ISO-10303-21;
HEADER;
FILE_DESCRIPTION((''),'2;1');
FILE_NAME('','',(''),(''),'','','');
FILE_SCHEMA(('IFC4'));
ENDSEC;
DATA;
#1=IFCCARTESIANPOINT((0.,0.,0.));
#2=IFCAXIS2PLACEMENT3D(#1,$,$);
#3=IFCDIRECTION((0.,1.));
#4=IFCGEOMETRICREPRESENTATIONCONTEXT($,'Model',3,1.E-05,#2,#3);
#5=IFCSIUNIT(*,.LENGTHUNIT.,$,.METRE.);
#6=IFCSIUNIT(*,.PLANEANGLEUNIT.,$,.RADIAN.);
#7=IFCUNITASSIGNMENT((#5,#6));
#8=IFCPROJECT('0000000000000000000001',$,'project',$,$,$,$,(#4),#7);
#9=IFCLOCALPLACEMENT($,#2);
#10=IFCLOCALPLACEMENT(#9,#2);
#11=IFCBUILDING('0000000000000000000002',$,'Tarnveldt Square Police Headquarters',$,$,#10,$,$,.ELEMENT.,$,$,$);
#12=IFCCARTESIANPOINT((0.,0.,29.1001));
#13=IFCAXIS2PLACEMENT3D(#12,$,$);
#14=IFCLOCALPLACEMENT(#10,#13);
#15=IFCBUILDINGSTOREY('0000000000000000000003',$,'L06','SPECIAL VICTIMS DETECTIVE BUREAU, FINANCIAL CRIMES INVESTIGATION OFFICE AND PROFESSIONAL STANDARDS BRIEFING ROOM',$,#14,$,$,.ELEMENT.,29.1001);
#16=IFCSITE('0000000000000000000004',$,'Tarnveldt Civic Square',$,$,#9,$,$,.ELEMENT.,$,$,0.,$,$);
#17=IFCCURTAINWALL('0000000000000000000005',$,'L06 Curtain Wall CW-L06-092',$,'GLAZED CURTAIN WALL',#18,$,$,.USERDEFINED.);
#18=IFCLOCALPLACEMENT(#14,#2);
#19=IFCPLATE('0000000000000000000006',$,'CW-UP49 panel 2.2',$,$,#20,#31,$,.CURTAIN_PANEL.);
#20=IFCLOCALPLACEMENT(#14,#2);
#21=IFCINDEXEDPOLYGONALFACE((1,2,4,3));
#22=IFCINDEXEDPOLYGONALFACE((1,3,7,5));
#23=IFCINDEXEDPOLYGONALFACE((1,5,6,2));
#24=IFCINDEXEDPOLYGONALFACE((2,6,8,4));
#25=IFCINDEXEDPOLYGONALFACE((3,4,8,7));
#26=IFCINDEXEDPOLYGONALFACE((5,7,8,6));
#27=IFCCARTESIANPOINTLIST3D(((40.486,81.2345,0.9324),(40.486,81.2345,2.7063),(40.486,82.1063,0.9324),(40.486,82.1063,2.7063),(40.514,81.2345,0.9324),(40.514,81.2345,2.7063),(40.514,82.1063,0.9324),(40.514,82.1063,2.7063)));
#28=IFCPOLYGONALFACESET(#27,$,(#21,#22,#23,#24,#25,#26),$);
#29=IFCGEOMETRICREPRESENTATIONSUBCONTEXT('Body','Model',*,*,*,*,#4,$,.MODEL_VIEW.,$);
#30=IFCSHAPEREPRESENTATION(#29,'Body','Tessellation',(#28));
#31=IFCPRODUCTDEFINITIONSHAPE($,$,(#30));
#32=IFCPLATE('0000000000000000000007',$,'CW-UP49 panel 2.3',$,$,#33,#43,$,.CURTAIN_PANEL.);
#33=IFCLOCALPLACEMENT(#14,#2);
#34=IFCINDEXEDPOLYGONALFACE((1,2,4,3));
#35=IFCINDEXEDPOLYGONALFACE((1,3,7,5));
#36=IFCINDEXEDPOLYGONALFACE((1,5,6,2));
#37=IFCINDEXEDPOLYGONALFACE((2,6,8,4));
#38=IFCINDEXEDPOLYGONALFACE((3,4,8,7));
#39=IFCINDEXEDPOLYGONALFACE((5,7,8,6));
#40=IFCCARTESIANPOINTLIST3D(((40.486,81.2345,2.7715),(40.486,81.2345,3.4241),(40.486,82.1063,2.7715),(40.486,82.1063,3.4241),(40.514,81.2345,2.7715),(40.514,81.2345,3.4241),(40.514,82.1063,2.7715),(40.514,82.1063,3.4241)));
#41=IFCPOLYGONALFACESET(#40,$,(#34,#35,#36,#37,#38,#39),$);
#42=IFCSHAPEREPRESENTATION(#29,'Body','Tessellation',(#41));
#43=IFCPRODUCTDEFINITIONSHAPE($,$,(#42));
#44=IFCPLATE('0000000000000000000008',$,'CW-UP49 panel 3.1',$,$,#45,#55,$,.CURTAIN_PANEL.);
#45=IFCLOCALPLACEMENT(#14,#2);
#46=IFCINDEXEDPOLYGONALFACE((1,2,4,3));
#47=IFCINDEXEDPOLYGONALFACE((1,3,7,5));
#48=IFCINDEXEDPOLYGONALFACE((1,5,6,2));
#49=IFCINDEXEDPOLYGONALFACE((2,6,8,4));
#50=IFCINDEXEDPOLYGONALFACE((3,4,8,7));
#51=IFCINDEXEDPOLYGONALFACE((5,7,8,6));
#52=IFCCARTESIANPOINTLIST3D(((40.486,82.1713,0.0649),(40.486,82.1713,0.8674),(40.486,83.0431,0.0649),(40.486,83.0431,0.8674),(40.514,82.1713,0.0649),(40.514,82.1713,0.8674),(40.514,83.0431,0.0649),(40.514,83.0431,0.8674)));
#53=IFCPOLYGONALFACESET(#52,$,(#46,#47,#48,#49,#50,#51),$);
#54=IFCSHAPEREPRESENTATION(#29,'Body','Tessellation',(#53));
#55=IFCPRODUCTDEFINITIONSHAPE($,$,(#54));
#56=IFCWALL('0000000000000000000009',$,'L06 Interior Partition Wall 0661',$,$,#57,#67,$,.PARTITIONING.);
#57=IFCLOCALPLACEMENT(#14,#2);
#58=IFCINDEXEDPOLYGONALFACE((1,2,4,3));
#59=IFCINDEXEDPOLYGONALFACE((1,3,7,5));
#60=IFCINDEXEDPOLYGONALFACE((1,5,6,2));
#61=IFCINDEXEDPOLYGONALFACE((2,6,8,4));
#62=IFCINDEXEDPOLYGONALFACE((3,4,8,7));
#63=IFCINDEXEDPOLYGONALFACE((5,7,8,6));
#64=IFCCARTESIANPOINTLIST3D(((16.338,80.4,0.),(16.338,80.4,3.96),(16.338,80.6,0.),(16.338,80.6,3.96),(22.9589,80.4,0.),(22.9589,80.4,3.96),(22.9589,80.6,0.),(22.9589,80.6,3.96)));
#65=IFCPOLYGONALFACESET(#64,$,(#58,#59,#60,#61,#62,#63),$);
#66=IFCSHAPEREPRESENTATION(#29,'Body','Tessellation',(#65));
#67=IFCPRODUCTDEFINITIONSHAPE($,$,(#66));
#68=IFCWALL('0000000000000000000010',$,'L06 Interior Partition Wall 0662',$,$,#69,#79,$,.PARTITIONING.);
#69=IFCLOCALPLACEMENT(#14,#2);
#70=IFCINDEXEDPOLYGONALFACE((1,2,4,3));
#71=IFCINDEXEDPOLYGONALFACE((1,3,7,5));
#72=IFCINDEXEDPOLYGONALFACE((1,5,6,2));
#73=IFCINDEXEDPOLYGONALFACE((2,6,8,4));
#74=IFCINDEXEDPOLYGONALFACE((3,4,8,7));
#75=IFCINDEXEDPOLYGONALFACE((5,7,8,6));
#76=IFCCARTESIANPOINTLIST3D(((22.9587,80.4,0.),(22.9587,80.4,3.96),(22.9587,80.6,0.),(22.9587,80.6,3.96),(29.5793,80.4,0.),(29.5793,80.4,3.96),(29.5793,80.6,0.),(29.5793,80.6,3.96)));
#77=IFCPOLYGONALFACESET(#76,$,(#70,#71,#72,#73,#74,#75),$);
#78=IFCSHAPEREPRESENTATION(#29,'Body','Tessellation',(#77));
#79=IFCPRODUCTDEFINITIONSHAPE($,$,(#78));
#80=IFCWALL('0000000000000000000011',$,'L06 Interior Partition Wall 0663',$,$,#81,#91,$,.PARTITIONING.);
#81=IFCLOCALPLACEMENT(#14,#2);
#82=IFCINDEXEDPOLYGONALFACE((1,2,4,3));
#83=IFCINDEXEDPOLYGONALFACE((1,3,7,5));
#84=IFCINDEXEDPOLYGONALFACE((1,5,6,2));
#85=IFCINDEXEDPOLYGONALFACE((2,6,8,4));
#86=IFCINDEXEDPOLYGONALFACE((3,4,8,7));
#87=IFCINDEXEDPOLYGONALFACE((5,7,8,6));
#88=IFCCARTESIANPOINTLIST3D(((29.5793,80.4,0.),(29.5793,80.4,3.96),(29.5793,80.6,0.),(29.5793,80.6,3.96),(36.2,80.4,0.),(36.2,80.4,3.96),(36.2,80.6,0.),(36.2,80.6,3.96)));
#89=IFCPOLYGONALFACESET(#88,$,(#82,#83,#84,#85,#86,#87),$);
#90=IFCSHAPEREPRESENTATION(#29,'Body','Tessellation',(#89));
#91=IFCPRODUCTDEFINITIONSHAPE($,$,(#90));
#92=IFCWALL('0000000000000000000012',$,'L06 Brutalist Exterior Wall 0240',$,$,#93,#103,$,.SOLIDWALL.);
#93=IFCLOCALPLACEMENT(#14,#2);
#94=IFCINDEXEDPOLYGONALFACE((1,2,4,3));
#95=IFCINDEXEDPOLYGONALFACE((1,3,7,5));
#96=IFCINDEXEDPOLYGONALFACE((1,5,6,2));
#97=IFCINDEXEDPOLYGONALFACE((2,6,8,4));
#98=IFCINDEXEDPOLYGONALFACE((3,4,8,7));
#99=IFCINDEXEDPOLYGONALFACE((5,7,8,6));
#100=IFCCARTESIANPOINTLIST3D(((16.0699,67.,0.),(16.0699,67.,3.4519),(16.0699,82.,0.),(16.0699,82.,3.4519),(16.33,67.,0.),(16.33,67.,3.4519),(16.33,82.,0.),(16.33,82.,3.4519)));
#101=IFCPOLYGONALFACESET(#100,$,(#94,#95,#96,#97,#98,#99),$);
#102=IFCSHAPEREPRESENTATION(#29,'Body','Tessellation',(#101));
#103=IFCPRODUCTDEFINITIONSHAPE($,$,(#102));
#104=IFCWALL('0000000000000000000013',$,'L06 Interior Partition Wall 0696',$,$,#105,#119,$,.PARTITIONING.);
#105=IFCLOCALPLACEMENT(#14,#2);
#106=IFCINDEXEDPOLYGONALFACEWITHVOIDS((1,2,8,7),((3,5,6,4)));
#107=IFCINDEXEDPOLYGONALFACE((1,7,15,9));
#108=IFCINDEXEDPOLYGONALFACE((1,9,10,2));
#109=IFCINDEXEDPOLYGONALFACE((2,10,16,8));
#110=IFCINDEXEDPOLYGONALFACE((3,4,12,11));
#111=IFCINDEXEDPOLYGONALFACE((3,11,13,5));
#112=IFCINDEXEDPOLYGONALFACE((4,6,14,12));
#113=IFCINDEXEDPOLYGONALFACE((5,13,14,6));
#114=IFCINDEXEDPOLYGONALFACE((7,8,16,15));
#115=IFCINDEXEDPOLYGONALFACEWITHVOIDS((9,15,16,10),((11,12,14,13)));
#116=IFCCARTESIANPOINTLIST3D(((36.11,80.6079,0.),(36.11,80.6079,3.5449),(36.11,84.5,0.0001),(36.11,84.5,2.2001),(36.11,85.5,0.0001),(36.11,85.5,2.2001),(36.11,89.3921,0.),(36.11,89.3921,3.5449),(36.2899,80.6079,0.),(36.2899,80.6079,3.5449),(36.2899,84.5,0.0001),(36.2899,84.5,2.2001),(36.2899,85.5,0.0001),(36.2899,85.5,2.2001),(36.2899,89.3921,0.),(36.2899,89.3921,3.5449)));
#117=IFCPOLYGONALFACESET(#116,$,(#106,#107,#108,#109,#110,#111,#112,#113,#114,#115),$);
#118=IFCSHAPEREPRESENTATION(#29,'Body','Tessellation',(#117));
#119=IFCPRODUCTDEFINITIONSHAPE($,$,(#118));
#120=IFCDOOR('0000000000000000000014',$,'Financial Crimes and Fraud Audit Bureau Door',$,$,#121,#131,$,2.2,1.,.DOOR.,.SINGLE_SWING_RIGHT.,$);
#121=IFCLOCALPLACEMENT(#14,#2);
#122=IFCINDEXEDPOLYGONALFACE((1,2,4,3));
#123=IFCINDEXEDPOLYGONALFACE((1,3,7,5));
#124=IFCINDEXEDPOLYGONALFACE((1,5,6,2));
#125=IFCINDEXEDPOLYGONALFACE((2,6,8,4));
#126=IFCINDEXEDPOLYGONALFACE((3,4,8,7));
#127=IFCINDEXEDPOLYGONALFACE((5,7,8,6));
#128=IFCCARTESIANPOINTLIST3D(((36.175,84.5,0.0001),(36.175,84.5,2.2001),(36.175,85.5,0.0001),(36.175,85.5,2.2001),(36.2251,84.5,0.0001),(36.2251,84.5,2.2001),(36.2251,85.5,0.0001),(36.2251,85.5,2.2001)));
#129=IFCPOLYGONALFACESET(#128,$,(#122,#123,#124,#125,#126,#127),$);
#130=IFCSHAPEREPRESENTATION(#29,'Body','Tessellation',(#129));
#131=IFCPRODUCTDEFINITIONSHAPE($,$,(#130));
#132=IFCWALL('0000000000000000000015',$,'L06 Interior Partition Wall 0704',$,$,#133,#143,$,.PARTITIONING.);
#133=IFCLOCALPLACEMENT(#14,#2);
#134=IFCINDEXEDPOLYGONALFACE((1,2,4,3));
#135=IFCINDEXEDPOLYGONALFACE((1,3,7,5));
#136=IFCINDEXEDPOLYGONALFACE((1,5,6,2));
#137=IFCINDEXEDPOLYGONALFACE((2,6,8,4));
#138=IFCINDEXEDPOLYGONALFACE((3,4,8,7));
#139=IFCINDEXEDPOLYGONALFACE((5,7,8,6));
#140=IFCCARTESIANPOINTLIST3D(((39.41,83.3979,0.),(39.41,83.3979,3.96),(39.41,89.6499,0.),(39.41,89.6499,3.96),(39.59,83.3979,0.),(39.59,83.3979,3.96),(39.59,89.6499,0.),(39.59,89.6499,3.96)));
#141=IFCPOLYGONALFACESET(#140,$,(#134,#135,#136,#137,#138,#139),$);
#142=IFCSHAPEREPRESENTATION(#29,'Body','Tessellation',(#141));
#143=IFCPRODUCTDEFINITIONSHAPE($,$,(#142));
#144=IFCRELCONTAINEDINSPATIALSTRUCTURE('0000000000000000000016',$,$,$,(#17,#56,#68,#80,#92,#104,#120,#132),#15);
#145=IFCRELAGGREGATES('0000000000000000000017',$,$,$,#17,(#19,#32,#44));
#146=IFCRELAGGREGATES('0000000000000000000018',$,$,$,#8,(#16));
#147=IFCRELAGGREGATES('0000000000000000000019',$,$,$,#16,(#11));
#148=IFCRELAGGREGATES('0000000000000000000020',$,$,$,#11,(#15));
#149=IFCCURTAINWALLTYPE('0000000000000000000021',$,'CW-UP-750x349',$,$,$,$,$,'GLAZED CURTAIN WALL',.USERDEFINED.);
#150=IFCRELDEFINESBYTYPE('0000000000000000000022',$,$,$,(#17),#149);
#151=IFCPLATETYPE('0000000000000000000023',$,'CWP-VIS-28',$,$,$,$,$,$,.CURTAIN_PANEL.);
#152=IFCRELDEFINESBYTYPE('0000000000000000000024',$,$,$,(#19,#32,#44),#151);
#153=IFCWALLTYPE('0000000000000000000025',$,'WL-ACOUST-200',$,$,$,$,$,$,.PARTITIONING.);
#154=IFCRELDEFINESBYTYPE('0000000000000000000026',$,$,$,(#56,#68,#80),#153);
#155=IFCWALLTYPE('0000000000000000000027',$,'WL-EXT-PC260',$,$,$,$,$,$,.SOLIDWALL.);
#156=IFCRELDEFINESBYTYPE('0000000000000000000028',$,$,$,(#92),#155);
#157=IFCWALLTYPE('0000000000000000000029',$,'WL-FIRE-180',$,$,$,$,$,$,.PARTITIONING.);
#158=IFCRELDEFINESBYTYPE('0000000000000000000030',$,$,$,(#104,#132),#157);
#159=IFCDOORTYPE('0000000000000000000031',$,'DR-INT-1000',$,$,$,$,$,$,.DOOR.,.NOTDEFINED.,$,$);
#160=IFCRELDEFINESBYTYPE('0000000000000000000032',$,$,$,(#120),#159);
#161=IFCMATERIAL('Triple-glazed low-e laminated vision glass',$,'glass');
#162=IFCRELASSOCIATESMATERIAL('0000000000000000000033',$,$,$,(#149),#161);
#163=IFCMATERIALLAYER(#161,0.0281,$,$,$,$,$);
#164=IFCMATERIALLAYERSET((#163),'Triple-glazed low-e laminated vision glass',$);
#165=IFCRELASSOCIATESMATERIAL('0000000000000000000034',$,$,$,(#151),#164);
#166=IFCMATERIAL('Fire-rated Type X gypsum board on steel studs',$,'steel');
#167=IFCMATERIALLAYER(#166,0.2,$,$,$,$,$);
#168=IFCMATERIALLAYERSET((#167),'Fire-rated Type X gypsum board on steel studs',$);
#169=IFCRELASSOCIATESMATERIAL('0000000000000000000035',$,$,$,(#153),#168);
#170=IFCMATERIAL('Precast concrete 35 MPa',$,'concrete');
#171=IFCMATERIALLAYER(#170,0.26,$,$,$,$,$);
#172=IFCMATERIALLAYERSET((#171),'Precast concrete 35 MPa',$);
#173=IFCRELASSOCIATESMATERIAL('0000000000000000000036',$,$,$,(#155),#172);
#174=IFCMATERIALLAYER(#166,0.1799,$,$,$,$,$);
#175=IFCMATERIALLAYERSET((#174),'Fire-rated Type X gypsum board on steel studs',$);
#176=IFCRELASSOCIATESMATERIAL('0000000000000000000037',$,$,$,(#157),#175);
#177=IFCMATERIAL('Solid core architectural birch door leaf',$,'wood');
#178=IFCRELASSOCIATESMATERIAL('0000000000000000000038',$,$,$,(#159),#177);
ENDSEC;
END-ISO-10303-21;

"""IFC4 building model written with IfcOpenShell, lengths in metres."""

from ifc_helpers import new_model, si_unit, direction, frame, frame_2d, origin, origin_2d, place, context, subcontext, project, spatial, rectangle, extrude, material, layer, layer_set, type_object, element, fill, aggregate, save


model = new_model("IFC4")

# Units and contexts
model_context = context("Model", 3, precision=1e-05, world=origin(), true_north=direction((0.0, 1.0)))
body_context = subcontext(model_context, "Body", "Model", "MODEL_VIEW")
ifc_project = project(units=[si_unit("LENGTHUNIT", "METRE"), si_unit("PLANEANGLEUNIT", "RADIAN")], contexts=[model_context])

# Site, building, storey
site_placement = place(None, origin())
site = spatial("IfcSite", under=ifc_project, at=site_placement, Name="Tarnveldt Civic Square", CompositionType="ELEMENT", RefElevation=0.0)
building_placement = place(site_placement, origin())
building = spatial("IfcBuilding", under=site, at=building_placement, Name="Tarnveldt Square Police Headquarters", CompositionType="ELEMENT")
storey_placement = place(building_placement, frame((0.0, 0.0, 29.1001)))
storey = spatial("IfcBuildingStorey", under=building, at=storey_placement, Name="L06", Description="SPECIAL VICTIMS DETECTIVE BUREAU, FINANCIAL CRIMES INVESTIGATION OFFICE AND PROFESSIONAL STANDARDS BRIEFING ROOM", CompositionType="ELEMENT", Elevation=29.1001)

# Curtain wall, plates
ifc_material_1 = material(Name="Triple-glazed low-e laminated vision glass", Category="glass")
curtain_wall_type = type_object("IfcCurtainWallType", Name="CW-UP-750x349", ElementType="GLAZED CURTAIN WALL", PredefinedType="USERDEFINED", material=ifc_material_1)
curtain_wall_placement = place(storey_placement, origin())
curtain_wall = element("IfcCurtainWall", 1, at=curtain_wall_placement, inside=storey, type_object=curtain_wall_type, Name="L06 Curtain Wall CW-L06-092", ObjectType="GLAZED CURTAIN WALL", PredefinedType="USERDEFINED")
ifc_layer_1 = layer(ifc_material_1, 0.0281)
ifc_layer_set_1 = layer_set([ifc_layer_1], Name="Triple-glazed low-e laminated vision glass")
plate_type = type_object("IfcPlateType", Name="CWP-VIS-28", PredefinedType="CURTAIN_PANEL", material=ifc_layer_set_1)
plate_1_placement = place(storey_placement, frame((40.5, 81.6704, 0.9324), z_axis=(0.0, 0.0, 1.0), x_axis=(0.0, 1.0, 0.0)))
plate_1 = element("IfcPlate", 2, at=plate_1_placement, type_object=plate_type, Name="CW-UP49 panel 2.2", PredefinedType="CURTAIN_PANEL", context=body_context, shape_type="SweptSolid", body=[
    extrude(rectangle(XDim=0.8718, YDim=0.0281, at=origin_2d()), origin(), (0.0, 0.0, 1.0), 1.7739),
])
plate_2_placement = place(storey_placement, frame((40.5, 81.6704, 2.7715), z_axis=(0.0, 0.0, 1.0), x_axis=(0.0, 1.0, 0.0)))
plate_2 = element("IfcPlate", 3, at=plate_2_placement, type_object=plate_type, Name="CW-UP49 panel 2.3", PredefinedType="CURTAIN_PANEL", context=body_context, shape_type="SweptSolid", body=[
    extrude(rectangle(XDim=0.8718, YDim=0.0281, at=origin_2d()), origin(), (0.0, 0.0, 1.0), 0.6526),
])
plate_3_placement = place(storey_placement, frame((40.5, 82.6072, 0.0649), z_axis=(0.0, 0.0, 1.0), x_axis=(0.0, 1.0, 0.0)))
plate_3 = element("IfcPlate", 4, at=plate_3_placement, type_object=plate_type, Name="CW-UP49 panel 3.1", PredefinedType="CURTAIN_PANEL", context=body_context, shape_type="SweptSolid", body=[
    extrude(rectangle(XDim=0.8718, YDim=0.0281, at=origin_2d()), origin(), (0.0, 0.0, 1.0), 0.8025),
])
aggregate(curtain_wall, [plate_1, plate_2, plate_3])

# Walls
ifc_material_2 = material(Name="Fire-rated Type X gypsum board on steel studs", Category="steel")
ifc_layer_2 = layer(ifc_material_2, 0.2)
ifc_layer_set_2 = layer_set([ifc_layer_2], Name="Fire-rated Type X gypsum board on steel studs")
wall_type_1 = type_object("IfcWallType", Name="WL-ACOUST-200", PredefinedType="PARTITIONING", material=ifc_layer_set_2)
wall_1_placement = place(storey_placement, frame((16.3379, 80.5, 0.0), z_axis=(0.0, 0.0, 1.0), x_axis=(1.0, 0.0, 0.0)))
element("IfcWall", 5, at=wall_1_placement, inside=storey, type_object=wall_type_1, Name="L06 Interior Partition Wall 0661", PredefinedType="PARTITIONING", context=body_context, shape_type="SweptSolid", body=[
    extrude(rectangle(XDim=6.6208, YDim=0.2, at=frame_2d((3.3105, 0.0))), origin(), (0.0, 0.0, 1.0), 3.96),
])
for number, where, z_axis, x_axis, name in (
    (6, (22.9587, 80.5, 0.0), (0.0, 0.0, 1.0), (1.0, 0.0, 0.0), "L06 Interior Partition Wall 0662"),
    (7, (29.5793, 80.5, 0.0), (0.0, 0.0, 1.0), (1.0, 0.0, 0.0), "L06 Interior Partition Wall 0663"),
):
    element("IfcWall", number, at=place(storey_placement, frame(where, z_axis=z_axis, x_axis=x_axis)), inside=storey, type_object=wall_type_1, Name=name, PredefinedType="PARTITIONING", context=body_context, shape_type="SweptSolid", body=[
        extrude(rectangle(XDim=6.6206, YDim=0.2, at=frame_2d((3.3103, 0.0))), origin(), (0.0, 0.0, 1.0), 3.96),
    ])
ifc_material_3 = material(Name="Precast concrete 35 MPa", Category="concrete")
ifc_layer_3 = layer(ifc_material_3, 0.26)
ifc_layer_set_3 = layer_set([ifc_layer_3], Name="Precast concrete 35 MPa")
wall_type_2 = type_object("IfcWallType", Name="WL-EXT-PC260", PredefinedType="SOLIDWALL", material=ifc_layer_set_3)
wall_2_placement = place(storey_placement, frame((16.2, 82.0, 0.0), z_axis=(0.0, 0.0, 1.0), x_axis=(0.0, -1.0, 0.0)))
element("IfcWall", 8, at=wall_2_placement, inside=storey, type_object=wall_type_2, Name="L06 Brutalist Exterior Wall 0240", PredefinedType="SOLIDWALL", context=body_context, shape_type="SweptSolid", body=[
    extrude(rectangle(XDim=15.0, YDim=0.26, at=frame_2d((7.5, 0.0))), origin(), (0.0, 0.0, 1.0), 3.4519),
])

# Wall, opening, door
ifc_layer_4 = layer(ifc_material_2, 0.1799)
ifc_layer_set_4 = layer_set([ifc_layer_4], Name="Fire-rated Type X gypsum board on steel studs")
wall_type_3 = type_object("IfcWallType", Name="WL-FIRE-180", PredefinedType="PARTITIONING", material=ifc_layer_set_4)
wall_3_placement = place(storey_placement, frame((36.2, 80.6079, 0.0), z_axis=(0.0, 0.0, 1.0), x_axis=(0.0, 1.0, 0.0)))
wall_3 = element("IfcWall", 9, at=wall_3_placement, inside=storey, type_object=wall_type_3, Name="L06 Interior Partition Wall 0696", PredefinedType="PARTITIONING", context=body_context, shape_type="SweptSolid", body=[
    extrude(rectangle(XDim=8.7842, YDim=0.1799, at=frame_2d((4.3921, 0.0))), origin(), (0.0, 0.0, 1.0), 3.5449),
])
opening_placement = place(wall_3_placement, frame((3.8921, 0.0, 0.0)))
opening = element("IfcOpeningElement", 10, at=opening_placement, cuts=wall_3, PredefinedType="OPENING", context=body_context, shape_type="SweptSolid", body=[
    extrude(rectangle(XDim=1.0, YDim=2.2, at=frame_2d((0.5, 1.1001))), frame((0.0, 0.0999, 0.0), z_axis=(0.0, -1.0, 0.0), x_axis=(1.0, 0.0, 0.0)), (0.0, 0.0, 1.0), 0.2),
])
ifc_material_4 = material(Name="Solid core architectural birch door leaf", Category="wood")
door_type = type_object("IfcDoorType", Name="DR-INT-1000", OperationType="NOTDEFINED", PredefinedType="DOOR", material=ifc_material_4)
door_placement = place(opening_placement, origin())
door = element("IfcDoor", 11, at=door_placement, inside=storey, type_object=door_type, Name="Financial Crimes and Fraud Audit Bureau Door", OperationType="SINGLE_SWING_RIGHT", OverallHeight=2.2, OverallWidth=1.0, PredefinedType="DOOR", context=body_context, shape_type="SweptSolid", body=[
    extrude(rectangle(XDim=1.0, YDim=2.2, at=frame_2d((0.5, 1.1001))), frame((0.0, 0.0249, 0.0), z_axis=(0.0, -1.0, 0.0), x_axis=(1.0, 0.0, 0.0)), (0.0, 0.0, 1.0), 0.05),
])
fill(opening, door)

# Wall
wall_4_placement = place(storey_placement, frame((39.5, 83.3979, 0.0), z_axis=(0.0, 0.0, 1.0), x_axis=(0.0, 1.0, 0.0)))
element("IfcWall", 12, at=wall_4_placement, inside=storey, type_object=wall_type_3, Name="L06 Interior Partition Wall 0704", PredefinedType="PARTITIONING", context=body_context, shape_type="SweptSolid", body=[
    extrude(rectangle(XDim=6.252, YDim=0.1799, at=frame_2d((3.126, 0.0))), origin(), (0.0, 0.0, 1.0), 3.96),
])

save(model, "model.ifc")
